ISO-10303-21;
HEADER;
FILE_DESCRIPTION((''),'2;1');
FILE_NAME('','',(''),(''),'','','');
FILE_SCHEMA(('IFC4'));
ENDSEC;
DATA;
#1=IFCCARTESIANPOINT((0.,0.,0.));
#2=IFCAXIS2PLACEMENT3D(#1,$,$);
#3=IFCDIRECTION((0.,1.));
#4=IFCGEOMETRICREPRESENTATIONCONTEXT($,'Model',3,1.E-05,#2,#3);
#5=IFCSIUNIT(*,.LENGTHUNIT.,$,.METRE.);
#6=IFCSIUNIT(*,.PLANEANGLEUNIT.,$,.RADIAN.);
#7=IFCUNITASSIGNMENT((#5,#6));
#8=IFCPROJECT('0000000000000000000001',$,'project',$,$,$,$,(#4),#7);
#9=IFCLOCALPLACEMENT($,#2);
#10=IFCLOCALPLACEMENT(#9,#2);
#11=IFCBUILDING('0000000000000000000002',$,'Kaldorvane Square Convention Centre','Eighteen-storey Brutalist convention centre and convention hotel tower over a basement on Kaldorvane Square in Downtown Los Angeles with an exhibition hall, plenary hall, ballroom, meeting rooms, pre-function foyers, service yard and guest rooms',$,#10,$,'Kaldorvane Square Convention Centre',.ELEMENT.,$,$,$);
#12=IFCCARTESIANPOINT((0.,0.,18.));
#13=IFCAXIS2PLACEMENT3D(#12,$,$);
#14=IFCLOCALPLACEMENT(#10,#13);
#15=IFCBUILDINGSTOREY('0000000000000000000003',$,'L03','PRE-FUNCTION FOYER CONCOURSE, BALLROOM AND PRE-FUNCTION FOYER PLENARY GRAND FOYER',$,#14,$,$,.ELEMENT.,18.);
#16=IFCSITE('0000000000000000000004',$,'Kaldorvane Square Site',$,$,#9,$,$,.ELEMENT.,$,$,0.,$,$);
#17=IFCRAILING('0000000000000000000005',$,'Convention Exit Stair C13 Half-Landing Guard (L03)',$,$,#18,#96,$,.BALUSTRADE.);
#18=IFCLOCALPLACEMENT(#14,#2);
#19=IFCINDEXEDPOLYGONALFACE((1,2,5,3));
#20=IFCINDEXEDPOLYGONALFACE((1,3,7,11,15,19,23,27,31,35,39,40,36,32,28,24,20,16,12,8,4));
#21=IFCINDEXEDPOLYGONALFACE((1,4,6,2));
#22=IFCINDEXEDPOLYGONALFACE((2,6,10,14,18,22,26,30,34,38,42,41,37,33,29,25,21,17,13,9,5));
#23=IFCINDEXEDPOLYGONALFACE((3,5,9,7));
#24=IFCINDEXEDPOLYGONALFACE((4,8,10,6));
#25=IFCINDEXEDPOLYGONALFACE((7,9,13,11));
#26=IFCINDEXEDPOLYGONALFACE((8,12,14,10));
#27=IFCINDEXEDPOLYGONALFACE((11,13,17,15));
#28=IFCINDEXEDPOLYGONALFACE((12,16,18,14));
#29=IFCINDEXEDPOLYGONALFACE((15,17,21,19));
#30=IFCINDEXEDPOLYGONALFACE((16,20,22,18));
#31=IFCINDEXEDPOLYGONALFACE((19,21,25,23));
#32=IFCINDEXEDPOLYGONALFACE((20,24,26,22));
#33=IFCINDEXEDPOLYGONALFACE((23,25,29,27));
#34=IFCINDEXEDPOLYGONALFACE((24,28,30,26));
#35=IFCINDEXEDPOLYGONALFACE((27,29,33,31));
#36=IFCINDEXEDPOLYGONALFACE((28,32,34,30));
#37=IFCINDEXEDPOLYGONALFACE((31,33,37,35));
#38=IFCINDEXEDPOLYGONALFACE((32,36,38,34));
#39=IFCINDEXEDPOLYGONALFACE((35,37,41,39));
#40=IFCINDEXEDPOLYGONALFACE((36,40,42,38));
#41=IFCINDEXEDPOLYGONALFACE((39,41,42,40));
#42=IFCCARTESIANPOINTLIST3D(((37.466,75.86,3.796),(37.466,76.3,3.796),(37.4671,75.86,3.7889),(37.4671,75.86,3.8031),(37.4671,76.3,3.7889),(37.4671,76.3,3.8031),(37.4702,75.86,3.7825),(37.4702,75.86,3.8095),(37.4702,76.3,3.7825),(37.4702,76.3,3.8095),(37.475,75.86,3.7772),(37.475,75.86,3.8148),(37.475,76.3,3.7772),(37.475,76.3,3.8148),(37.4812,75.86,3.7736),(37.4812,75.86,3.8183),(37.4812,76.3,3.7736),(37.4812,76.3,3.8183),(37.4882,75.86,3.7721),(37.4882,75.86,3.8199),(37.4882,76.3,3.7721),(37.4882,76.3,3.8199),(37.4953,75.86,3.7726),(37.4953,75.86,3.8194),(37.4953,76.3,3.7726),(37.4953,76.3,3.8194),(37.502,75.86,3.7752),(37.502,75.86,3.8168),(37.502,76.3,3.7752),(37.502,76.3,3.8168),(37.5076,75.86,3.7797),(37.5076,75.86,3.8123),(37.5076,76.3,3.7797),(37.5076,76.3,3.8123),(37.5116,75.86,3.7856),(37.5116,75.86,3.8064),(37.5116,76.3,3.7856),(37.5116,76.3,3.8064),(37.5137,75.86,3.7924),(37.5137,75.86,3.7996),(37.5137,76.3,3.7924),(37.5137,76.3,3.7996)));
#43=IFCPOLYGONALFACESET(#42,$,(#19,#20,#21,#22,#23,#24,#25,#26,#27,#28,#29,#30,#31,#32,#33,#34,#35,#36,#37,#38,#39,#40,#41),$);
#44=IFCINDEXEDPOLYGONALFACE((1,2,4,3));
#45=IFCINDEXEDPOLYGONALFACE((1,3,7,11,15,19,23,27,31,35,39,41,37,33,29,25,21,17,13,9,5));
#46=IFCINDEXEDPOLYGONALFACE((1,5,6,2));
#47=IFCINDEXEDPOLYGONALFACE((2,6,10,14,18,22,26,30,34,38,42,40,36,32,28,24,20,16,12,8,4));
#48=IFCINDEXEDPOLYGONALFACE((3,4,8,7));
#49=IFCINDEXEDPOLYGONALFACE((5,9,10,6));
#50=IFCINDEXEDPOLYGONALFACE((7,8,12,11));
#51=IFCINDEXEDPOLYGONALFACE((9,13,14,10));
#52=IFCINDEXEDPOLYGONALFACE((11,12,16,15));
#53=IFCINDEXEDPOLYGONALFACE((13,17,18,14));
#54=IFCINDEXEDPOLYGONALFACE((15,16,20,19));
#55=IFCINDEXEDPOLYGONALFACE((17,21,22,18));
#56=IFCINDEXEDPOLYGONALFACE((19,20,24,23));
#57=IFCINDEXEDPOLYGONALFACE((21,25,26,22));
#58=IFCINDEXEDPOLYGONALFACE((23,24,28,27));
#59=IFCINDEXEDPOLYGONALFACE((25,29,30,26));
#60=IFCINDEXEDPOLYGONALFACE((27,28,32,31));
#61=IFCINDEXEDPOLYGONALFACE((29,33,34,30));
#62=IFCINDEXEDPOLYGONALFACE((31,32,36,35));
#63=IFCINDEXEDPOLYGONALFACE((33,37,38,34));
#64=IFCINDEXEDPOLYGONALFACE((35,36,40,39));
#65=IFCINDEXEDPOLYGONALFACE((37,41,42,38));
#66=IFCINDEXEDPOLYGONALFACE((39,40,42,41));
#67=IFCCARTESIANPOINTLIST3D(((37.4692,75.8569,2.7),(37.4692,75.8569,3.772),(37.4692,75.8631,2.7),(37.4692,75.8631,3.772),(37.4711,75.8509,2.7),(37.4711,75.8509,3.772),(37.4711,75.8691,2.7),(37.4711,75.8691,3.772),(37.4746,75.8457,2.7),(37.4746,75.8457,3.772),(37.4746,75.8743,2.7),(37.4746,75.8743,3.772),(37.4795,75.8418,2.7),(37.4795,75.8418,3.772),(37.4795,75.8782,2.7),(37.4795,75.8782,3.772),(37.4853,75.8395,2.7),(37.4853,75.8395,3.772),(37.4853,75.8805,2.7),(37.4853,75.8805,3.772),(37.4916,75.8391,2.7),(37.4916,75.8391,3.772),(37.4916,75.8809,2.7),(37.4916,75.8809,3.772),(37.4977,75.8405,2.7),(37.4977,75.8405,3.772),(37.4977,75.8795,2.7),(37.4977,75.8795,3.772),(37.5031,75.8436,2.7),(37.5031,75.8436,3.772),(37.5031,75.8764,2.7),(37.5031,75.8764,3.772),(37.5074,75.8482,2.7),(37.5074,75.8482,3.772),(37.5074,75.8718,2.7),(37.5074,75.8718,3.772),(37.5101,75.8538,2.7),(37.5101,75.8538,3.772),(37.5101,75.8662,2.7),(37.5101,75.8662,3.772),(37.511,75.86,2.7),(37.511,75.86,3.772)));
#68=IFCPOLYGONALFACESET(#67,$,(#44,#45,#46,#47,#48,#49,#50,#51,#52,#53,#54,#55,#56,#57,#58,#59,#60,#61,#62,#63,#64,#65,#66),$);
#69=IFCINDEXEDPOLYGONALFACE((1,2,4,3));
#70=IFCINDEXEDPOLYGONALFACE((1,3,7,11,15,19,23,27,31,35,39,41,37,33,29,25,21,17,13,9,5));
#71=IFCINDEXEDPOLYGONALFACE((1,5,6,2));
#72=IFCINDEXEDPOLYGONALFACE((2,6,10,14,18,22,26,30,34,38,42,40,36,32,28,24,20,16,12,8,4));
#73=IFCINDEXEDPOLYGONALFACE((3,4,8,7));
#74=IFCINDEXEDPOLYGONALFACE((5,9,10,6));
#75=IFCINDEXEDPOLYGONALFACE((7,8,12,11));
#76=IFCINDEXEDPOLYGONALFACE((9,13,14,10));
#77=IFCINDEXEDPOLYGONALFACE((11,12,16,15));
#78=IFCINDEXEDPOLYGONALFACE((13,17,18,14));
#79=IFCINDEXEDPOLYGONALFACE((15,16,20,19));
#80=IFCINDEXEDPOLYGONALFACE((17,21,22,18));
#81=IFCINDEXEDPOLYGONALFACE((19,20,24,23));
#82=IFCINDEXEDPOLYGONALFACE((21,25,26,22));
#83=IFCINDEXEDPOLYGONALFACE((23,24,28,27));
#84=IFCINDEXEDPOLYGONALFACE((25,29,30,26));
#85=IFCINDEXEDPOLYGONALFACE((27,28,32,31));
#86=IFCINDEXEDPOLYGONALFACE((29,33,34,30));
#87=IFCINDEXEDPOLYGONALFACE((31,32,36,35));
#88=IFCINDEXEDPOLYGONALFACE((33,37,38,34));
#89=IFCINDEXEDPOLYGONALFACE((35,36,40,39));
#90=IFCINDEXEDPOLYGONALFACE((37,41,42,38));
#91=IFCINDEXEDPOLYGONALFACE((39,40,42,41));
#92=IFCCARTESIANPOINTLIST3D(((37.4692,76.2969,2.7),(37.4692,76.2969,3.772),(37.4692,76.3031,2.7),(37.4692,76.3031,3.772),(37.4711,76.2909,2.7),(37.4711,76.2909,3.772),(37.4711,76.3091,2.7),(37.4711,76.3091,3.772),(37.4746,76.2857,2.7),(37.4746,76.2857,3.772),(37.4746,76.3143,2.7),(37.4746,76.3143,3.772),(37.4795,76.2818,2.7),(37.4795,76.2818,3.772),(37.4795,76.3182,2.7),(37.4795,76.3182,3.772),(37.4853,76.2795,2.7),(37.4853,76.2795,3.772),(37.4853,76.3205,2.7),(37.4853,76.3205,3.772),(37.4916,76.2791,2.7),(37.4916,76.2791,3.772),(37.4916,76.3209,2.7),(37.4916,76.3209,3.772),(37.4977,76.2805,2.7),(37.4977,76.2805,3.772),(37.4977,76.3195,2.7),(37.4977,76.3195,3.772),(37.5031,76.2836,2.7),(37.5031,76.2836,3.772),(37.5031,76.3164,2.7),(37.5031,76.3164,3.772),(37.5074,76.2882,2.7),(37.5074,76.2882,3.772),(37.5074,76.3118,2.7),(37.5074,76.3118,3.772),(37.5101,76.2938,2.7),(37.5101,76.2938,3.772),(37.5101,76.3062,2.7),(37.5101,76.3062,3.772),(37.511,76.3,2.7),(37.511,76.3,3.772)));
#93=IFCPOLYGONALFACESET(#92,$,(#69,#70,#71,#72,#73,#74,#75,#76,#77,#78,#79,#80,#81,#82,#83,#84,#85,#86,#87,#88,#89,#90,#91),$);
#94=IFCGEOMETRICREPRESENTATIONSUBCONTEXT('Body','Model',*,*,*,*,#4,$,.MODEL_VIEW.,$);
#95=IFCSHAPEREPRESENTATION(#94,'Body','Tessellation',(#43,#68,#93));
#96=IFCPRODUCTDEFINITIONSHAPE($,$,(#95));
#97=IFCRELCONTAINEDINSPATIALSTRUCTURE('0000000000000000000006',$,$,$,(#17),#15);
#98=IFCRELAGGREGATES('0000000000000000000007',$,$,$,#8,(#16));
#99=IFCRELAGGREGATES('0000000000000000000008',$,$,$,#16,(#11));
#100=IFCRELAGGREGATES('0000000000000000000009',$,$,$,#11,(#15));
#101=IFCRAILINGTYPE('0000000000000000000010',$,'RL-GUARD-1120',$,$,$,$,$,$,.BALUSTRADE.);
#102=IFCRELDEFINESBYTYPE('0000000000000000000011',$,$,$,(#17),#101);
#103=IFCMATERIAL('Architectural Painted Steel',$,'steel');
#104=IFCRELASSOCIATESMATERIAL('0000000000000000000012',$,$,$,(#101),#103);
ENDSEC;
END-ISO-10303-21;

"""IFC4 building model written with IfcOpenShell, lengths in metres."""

from ifc_helpers import new_model, si_unit, direction, frame, origin, origin_2d, place, context, subcontext, project, spatial, circle, extrude, material, type_object, element, save


model = new_model("IFC4")

# Units and contexts
model_context = context("Model", 3, precision=1e-05, world=origin(), true_north=direction((0.0, 1.0)))
body_context = subcontext(model_context, "Body", "Model", "MODEL_VIEW")
ifc_project = project(units=[si_unit("LENGTHUNIT", "METRE"), si_unit("PLANEANGLEUNIT", "RADIAN")], contexts=[model_context])

# Site, building, storey
site_placement = place(None, origin())
site = spatial("IfcSite", under=ifc_project, at=site_placement, Name="Kaldorvane Square Site", CompositionType="ELEMENT", RefElevation=0.0)
building_placement = place(site_placement, origin())
building = spatial("IfcBuilding", under=site, at=building_placement, Name="Kaldorvane Square Convention Centre", Description="Eighteen-storey Brutalist convention centre and convention hotel tower over a basement on Kaldorvane Square in Downtown Los Angeles with an exhibition hall, plenary hall, ballroom, meeting rooms, pre-function foyers, service yard and guest rooms", LongName="Kaldorvane Square Convention Centre", CompositionType="ELEMENT")
storey_placement = place(building_placement, frame((0.0, 0.0, 18.0)))
storey = spatial("IfcBuildingStorey", under=building, at=storey_placement, Name="L03", Description="PRE-FUNCTION FOYER CONCOURSE, BALLROOM AND PRE-FUNCTION FOYER PLENARY GRAND FOYER", CompositionType="ELEMENT", Elevation=18.0)

# Railing
ifc_material_1 = material(Name="Architectural Painted Steel", Category="steel")
railing_type_1 = type_object("IfcRailingType", Name="RL-GUARD-1120", PredefinedType="BALUSTRADE", material=ifc_material_1)
for number, where, name in (
    (1, (37.49, 75.86, 2.7), "Convention Exit Stair C13 Half-Landing Guard (L03)"),
):
    element("IfcRailing", number, at=place(storey_placement, frame(where)), inside=storey, type_object=railing_type_1, Name=name, PredefinedType="BALUSTRADE", context=body_context, shape_type="SweptSolid", body=[
        extrude(circle(Radius=0.024, at=origin_2d()), frame((0.0, 0.0, 1.096), z_axis=(0.0, 1.0, 0.0), x_axis=(-1.0, 0.0, 0.0)), (0.0, 0.0, 1.0), 0.44),
        extrude(circle(Radius=0.021, at=origin_2d()), origin(), (0.0, 0.0, 1.0), 1.072),
        extrude(circle(Radius=0.021, at=origin_2d()), frame((0.0, 0.44, 0.0)), (0.0, 0.0, 1.0), 1.072),
    ])

save(model, "model.ifc")
